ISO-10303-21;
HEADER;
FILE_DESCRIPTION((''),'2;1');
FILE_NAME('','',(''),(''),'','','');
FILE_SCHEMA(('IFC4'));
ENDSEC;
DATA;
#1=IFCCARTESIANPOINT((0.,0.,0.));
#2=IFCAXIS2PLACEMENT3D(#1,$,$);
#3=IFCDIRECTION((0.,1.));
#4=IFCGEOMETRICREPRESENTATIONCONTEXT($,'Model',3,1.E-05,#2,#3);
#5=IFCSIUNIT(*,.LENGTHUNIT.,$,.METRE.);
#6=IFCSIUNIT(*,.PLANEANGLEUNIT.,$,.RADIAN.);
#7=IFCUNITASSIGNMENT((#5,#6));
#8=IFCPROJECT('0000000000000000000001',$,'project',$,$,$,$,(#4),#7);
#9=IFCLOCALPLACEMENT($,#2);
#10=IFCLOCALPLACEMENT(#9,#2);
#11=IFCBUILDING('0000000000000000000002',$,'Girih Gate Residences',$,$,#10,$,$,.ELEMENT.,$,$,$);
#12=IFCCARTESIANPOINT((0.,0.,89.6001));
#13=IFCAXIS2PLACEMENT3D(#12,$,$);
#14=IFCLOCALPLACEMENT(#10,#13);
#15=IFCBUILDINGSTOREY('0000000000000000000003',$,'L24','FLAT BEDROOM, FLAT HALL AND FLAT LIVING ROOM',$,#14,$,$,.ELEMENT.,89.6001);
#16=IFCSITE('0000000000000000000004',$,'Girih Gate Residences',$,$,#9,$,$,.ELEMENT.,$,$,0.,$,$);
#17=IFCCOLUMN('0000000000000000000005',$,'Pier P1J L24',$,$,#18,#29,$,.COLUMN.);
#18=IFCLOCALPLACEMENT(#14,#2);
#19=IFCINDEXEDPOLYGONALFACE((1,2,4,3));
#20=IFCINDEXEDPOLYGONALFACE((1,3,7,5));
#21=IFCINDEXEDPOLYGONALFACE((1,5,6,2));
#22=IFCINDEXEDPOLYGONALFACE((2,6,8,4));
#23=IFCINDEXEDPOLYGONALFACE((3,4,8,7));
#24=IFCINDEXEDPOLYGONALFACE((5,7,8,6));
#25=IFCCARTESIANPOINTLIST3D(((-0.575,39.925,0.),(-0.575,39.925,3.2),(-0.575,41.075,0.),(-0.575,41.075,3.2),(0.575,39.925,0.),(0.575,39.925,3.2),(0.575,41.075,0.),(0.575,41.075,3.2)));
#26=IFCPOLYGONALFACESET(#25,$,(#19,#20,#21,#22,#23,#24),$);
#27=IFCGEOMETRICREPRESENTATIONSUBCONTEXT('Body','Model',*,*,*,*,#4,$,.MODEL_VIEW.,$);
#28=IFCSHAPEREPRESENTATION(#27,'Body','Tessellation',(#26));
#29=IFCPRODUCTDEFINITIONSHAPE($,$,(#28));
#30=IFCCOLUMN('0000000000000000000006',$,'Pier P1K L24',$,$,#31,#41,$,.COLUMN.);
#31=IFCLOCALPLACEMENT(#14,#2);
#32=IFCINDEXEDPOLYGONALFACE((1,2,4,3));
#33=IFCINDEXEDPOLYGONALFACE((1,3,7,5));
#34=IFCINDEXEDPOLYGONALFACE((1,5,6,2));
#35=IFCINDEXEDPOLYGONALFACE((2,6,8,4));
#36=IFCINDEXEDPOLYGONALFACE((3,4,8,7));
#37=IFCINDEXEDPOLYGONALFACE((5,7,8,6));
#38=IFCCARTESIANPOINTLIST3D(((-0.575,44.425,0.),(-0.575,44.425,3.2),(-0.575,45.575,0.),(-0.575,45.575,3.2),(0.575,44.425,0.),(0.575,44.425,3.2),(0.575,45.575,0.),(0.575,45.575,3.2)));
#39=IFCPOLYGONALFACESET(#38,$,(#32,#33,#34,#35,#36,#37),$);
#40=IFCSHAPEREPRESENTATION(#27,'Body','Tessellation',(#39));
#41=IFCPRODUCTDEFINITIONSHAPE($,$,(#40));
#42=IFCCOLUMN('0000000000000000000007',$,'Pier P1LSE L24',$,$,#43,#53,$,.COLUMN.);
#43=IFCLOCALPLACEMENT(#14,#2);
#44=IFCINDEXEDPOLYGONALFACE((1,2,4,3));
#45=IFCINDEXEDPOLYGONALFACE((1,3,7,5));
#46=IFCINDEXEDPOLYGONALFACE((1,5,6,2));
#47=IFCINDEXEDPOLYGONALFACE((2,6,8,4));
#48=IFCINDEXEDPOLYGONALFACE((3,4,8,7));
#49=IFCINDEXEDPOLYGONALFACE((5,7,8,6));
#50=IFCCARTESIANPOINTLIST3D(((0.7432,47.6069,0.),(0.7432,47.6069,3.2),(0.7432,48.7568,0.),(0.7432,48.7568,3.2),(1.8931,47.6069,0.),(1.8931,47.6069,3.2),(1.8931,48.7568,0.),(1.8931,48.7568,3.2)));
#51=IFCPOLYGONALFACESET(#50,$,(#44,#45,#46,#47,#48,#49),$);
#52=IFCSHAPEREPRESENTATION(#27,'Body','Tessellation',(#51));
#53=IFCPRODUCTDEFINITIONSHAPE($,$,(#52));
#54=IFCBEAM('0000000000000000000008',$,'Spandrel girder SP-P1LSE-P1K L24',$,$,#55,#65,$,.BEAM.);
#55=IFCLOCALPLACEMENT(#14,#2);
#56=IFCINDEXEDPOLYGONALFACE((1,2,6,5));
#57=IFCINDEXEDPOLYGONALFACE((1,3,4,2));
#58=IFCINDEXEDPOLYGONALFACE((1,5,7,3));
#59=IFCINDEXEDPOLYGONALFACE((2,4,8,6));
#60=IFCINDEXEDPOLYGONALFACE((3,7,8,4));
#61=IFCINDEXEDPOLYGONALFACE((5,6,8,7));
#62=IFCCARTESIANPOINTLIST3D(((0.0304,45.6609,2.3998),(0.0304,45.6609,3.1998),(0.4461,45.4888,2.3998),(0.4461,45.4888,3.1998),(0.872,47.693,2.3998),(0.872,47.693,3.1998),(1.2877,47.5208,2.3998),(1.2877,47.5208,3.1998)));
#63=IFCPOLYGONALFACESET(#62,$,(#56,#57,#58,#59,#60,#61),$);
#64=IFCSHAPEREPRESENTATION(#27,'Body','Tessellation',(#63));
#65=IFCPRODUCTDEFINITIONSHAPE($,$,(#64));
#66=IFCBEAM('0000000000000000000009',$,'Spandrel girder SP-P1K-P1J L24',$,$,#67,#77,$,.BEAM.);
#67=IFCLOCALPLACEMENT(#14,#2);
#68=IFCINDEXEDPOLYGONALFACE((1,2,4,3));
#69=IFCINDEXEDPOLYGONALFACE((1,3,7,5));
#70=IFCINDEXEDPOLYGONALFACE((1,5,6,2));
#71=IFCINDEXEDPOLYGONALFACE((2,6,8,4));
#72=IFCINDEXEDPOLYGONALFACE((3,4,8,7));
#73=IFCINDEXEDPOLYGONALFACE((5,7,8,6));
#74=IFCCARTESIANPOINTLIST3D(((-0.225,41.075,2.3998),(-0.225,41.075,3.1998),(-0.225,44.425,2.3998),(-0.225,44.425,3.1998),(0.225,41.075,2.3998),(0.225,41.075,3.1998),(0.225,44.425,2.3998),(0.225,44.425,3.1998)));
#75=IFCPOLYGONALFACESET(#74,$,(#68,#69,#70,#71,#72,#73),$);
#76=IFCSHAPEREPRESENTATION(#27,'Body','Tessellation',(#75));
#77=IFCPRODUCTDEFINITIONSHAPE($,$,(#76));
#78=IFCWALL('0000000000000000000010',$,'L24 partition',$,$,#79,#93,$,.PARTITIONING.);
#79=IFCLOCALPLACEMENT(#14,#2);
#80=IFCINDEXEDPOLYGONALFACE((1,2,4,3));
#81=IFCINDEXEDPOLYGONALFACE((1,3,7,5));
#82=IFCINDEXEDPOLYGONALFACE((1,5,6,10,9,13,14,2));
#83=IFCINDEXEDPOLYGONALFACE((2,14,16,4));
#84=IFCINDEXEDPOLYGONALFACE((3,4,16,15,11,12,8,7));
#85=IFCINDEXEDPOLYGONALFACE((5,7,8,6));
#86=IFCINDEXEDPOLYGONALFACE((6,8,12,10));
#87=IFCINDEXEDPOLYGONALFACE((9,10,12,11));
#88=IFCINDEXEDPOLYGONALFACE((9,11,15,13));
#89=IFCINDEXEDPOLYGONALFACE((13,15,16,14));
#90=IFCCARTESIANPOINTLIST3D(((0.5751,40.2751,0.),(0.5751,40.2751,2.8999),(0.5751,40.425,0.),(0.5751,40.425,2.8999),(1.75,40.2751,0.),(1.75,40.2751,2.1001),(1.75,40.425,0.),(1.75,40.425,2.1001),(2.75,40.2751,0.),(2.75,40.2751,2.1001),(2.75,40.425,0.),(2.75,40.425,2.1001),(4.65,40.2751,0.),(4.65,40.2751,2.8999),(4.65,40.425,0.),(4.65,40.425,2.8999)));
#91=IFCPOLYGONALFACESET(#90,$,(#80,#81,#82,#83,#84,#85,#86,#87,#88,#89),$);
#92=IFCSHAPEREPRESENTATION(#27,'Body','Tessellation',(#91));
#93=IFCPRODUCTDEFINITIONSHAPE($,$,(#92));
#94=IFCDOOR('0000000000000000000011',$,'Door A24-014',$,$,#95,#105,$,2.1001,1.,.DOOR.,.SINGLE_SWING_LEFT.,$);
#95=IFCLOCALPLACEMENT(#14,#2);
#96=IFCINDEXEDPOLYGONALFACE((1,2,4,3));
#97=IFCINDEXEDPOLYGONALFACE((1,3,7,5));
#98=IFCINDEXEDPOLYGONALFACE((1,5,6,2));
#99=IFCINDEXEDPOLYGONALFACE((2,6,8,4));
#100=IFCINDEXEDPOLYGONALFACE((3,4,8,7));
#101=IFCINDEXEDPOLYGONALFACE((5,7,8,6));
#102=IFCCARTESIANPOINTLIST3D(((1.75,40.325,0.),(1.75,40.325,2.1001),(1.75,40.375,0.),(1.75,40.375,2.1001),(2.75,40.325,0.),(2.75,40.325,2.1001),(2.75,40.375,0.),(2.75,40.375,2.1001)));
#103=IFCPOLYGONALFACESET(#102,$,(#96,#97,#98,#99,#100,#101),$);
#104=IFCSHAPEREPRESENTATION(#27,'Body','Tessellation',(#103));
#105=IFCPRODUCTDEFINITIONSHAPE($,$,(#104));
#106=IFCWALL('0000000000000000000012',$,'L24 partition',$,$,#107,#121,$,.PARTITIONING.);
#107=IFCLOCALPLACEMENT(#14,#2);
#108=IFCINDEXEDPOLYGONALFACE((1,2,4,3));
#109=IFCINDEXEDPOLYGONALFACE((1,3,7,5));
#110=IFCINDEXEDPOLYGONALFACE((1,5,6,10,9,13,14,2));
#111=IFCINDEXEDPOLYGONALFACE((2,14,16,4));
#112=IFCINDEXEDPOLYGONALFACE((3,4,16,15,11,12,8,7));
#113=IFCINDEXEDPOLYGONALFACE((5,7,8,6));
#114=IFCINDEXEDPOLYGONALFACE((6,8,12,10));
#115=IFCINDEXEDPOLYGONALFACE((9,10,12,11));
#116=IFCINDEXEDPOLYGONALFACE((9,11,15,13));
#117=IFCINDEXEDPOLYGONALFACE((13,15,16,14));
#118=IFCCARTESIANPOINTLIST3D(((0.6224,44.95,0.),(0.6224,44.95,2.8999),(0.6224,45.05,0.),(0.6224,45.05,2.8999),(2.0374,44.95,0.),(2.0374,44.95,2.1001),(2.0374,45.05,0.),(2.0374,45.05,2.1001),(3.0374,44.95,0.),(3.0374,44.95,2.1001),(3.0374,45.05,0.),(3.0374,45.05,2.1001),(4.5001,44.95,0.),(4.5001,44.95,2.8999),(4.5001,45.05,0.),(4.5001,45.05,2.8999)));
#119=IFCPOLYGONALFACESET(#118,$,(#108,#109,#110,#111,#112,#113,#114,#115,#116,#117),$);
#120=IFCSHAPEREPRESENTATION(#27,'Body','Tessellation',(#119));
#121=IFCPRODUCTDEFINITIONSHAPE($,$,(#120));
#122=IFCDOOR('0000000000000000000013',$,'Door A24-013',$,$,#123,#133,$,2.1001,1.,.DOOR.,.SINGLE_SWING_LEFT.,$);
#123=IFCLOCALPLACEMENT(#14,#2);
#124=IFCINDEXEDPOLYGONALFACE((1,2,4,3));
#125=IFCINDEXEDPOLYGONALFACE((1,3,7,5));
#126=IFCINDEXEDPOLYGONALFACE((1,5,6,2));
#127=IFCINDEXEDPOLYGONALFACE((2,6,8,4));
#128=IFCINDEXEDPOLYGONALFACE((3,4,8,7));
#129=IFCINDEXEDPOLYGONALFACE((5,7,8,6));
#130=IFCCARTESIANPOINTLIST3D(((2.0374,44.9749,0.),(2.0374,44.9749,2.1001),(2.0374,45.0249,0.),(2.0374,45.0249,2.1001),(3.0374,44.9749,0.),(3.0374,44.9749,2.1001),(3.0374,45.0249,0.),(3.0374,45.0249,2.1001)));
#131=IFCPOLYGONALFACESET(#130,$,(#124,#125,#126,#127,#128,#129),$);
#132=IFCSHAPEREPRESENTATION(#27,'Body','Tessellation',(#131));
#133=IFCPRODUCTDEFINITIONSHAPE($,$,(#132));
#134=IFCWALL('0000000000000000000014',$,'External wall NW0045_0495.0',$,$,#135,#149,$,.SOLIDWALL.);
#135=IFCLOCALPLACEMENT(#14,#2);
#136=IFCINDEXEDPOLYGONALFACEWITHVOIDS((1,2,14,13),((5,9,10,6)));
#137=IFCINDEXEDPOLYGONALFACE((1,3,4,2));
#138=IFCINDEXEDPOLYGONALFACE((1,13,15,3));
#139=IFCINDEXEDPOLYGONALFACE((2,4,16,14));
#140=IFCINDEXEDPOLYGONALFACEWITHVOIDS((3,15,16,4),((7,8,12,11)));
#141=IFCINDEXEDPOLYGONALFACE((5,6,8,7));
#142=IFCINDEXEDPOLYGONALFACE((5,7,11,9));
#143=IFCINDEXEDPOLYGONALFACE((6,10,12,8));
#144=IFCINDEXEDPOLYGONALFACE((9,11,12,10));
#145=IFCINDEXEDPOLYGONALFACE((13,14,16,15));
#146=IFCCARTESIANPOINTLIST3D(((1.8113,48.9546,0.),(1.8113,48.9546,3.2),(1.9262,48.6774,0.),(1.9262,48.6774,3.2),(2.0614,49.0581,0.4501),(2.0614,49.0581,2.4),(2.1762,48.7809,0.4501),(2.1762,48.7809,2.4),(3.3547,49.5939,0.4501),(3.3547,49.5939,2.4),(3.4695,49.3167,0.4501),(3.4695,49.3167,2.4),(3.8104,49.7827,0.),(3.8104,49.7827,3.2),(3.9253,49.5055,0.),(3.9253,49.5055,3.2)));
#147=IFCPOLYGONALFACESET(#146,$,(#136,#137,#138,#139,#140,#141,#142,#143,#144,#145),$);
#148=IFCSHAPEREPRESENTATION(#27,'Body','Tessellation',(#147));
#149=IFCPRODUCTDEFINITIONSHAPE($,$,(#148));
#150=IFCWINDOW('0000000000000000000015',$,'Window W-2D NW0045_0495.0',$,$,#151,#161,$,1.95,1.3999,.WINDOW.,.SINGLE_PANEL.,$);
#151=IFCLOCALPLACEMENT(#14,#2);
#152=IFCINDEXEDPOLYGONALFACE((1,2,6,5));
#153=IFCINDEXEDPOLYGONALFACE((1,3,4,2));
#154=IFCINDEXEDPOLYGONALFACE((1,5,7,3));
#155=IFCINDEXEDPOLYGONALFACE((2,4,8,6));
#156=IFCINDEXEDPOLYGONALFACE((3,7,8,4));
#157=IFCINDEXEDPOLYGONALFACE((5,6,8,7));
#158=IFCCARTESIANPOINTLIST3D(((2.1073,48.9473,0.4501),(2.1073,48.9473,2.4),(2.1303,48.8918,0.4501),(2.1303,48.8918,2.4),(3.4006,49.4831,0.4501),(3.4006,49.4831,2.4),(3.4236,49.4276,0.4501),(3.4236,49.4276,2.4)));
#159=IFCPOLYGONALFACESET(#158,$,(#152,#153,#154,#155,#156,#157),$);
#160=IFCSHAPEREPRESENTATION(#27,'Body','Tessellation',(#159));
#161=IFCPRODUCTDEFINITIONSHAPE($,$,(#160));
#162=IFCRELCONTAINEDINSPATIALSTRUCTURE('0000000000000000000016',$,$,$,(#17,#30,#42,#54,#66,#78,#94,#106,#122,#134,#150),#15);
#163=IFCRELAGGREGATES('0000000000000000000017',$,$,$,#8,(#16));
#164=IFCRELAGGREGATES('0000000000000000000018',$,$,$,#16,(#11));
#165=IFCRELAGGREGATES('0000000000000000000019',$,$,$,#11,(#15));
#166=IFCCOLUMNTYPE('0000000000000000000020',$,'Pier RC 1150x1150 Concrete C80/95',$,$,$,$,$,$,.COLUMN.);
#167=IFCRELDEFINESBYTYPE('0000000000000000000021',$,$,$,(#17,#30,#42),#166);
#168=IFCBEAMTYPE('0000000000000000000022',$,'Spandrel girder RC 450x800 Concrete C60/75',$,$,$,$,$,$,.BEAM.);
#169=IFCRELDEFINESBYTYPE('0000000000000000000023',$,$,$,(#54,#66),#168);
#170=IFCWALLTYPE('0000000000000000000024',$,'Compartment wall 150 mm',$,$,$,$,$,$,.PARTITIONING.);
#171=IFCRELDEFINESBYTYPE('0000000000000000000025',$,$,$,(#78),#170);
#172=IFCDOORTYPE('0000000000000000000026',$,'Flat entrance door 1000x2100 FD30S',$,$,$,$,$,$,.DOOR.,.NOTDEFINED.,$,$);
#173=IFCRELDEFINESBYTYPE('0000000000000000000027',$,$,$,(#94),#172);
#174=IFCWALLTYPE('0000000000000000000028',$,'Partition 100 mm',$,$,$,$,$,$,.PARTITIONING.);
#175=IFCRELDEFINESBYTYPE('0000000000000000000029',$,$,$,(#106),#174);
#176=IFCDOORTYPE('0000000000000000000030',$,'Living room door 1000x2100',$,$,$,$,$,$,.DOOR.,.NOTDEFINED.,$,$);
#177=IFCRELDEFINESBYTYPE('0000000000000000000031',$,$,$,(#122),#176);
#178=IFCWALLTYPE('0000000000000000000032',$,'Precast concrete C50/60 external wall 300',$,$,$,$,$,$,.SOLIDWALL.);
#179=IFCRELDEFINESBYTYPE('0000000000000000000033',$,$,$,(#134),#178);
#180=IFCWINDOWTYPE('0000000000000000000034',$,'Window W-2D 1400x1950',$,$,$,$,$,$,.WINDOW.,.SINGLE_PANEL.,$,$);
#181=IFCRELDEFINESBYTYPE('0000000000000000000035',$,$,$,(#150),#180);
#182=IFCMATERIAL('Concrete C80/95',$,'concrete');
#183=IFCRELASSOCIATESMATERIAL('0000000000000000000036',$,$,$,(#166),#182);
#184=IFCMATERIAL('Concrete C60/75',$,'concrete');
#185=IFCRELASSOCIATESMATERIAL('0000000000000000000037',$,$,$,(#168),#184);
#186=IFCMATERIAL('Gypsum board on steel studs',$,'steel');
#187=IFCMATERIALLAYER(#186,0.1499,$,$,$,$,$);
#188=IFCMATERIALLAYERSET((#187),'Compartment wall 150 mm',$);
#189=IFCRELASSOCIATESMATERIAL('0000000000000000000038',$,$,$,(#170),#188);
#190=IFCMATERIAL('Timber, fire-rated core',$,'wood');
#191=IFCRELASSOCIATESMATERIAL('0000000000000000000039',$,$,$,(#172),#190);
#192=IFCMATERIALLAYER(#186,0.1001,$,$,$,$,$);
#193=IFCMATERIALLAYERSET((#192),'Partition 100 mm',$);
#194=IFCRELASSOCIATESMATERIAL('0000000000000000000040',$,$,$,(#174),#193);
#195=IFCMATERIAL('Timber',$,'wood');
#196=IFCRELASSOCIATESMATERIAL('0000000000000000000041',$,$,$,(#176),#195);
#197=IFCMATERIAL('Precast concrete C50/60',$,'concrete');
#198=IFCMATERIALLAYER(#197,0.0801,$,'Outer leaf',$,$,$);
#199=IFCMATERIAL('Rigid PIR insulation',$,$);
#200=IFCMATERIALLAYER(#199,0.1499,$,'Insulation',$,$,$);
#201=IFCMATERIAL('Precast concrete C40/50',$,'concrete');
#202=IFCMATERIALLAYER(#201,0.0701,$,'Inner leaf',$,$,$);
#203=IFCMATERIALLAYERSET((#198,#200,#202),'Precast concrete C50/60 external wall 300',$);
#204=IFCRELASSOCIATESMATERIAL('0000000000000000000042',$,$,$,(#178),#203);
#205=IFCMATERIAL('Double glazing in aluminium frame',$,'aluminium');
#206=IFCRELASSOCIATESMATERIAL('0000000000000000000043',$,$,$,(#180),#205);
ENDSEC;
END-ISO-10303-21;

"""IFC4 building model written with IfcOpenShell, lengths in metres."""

from ifc_helpers import new_model, si_unit, direction, frame, frame_2d, origin, origin_2d, place, context, subcontext, project, spatial, rectangle, extrude, material, layer, layer_set, material_profile, profile_set, type_object, element, fill, save


model = new_model("IFC4")

# Units and contexts
model_context = context("Model", 3, precision=1e-05, world=origin(), true_north=direction((0.0, 1.0)))
body_context = subcontext(model_context, "Body", "Model", "MODEL_VIEW")
ifc_project = project(units=[si_unit("LENGTHUNIT", "METRE"), si_unit("PLANEANGLEUNIT", "RADIAN")], contexts=[model_context])

# Site, building, storey
site_placement = place(None, origin())
site = spatial("IfcSite", under=ifc_project, at=site_placement, Name="Girih Gate Residences", CompositionType="ELEMENT", RefElevation=0.0)
building_placement = place(site_placement, origin())
building = spatial("IfcBuilding", under=site, at=building_placement, Name="Girih Gate Residences", CompositionType="ELEMENT")
storey_placement = place(building_placement, frame((0.0, 0.0, 89.6001)))
storey = spatial("IfcBuildingStorey", under=building, at=storey_placement, Name="L24", Description="FLAT BEDROOM, FLAT HALL AND FLAT LIVING ROOM", CompositionType="ELEMENT", Elevation=89.6001)

# Columns
ifc_material_1 = material(Name="Concrete C80/95", Category="concrete")
ifc_material_profile_1 = material_profile(ifc_material_1, rectangle(XDim=1.1499, YDim=1.1499, at=origin_2d()))
ifc_profile_set_1 = profile_set([ifc_material_profile_1], Name="Concrete C80/95")
column_type = type_object("IfcColumnType", Name="Pier RC 1150x1150 Concrete C80/95", PredefinedType="COLUMN", material=ifc_profile_set_1)
for number, where, z_axis, x_axis, name in (
    (1, (0.0, 40.5, 0.0), (0.0, 0.0, 1.0), (1.0, 0.0, 0.0), "Pier P1J L24"),
    (2, (0.0, 45.0, 0.0), (0.0, 0.0, 1.0), (1.0, 0.0, 0.0), "Pier P1K L24"),
    (3, (1.3181, 48.1819, 0.0), (0.0, 0.0, 1.0), (1.0, 0.0, 0.0), "Pier P1LSE L24"),
):
    element("IfcColumn", number, at=place(storey_placement, frame(where, z_axis=z_axis, x_axis=x_axis)), inside=storey, type_object=column_type, Name=name, PredefinedType="COLUMN", context=body_context, shape_type="SweptSolid", body=[
        extrude(rectangle(XDim=1.1499, YDim=1.1499, at=origin_2d()), origin(), (0.0, 0.0, 1.0), 3.2),
    ])

# Beams
ifc_material_2 = material(Name="Concrete C60/75", Category="concrete")
ifc_material_profile_2 = material_profile(ifc_material_2, rectangle(XDim=0.45, YDim=0.8, at=origin_2d()))
ifc_profile_set_2 = profile_set([ifc_material_profile_2], Name="Concrete C60/75")
beam_type = type_object("IfcBeamType", Name="Spandrel girder RC 450x800 Concrete C60/75", PredefinedType="BEAM", material=ifc_profile_set_2)
beam_1_placement = place(storey_placement, frame((1.0798, 47.6069, 2.7998), z_axis=(-0.382636, -0.923899, 0.0), x_axis=(0.923899, -0.382636, 0.0)))
element("IfcBeam", 4, at=beam_1_placement, inside=storey, type_object=beam_type, Name="Spandrel girder SP-P1LSE-P1K L24", PredefinedType="BEAM", context=body_context, shape_type="SweptSolid", body=[
    extrude(rectangle(XDim=0.45, YDim=0.8, at=origin_2d()), origin(), (0.0, 0.0, 1.0), 2.1995),
])
beam_2_placement = place(storey_placement, frame((0.0, 44.425, 2.7998), z_axis=(0.0, -1.0, 0.0), x_axis=(1.0, 0.0, 0.0)))
element("IfcBeam", 5, at=beam_2_placement, inside=storey, type_object=beam_type, Name="Spandrel girder SP-P1K-P1J L24", PredefinedType="BEAM", context=body_context, shape_type="SweptSolid", body=[
    extrude(rectangle(XDim=0.45, YDim=0.8, at=origin_2d()), origin(), (0.0, 0.0, 1.0), 3.3501),
])

# Walls, openings, doors
ifc_material_3 = material(Name="Gypsum board on steel studs", Category="steel")
ifc_layer_1 = layer(ifc_material_3, 0.1499)
ifc_layer_set_1 = layer_set([ifc_layer_1], Name="Compartment wall 150 mm")
wall_type_1 = type_object("IfcWallType", Name="Compartment wall 150 mm", PredefinedType="PARTITIONING", material=ifc_layer_set_1)
wall_1_placement = place(storey_placement, frame((0.575, 40.3501, 0.0), z_axis=(0.0, 0.0, 1.0), x_axis=(1.0, 0.0, 0.0)))
wall_1 = element("IfcWall", 6, at=wall_1_placement, inside=storey, type_object=wall_type_1, Name="L24 partition", PredefinedType="PARTITIONING", context=body_context, shape_type="SweptSolid", body=[
    extrude(rectangle(XDim=4.075, YDim=0.1499, at=frame_2d((2.0376, 0.0))), origin(), (0.0, 0.0, 1.0), 2.8999),
])
opening_1_placement = place(wall_1_placement, frame((1.175, 0.0, 0.0)))
opening_1 = element("IfcOpeningElement", 7, at=opening_1_placement, cuts=wall_1, PredefinedType="OPENING", context=body_context, shape_type="SweptSolid", body=[
    extrude(rectangle(XDim=1.0, YDim=2.1001, at=frame_2d((0.5, 1.05))), frame((0.0, 0.085, 0.0), z_axis=(0.0, -1.0, 0.0), x_axis=(1.0, 0.0, 0.0)), (0.0, 0.0, 1.0), 0.1699),
])
ifc_material_4 = material(Name="Timber, fire-rated core", Category="wood")
door_type_1 = type_object("IfcDoorType", Name="Flat entrance door 1000x2100 FD30S", OperationType="NOTDEFINED", PredefinedType="DOOR", material=ifc_material_4)
door_1_placement = place(opening_1_placement, origin())
door_1 = element("IfcDoor", 8, at=door_1_placement, inside=storey, type_object=door_type_1, Name="Door A24-014", OperationType="SINGLE_SWING_LEFT", OverallHeight=2.1001, OverallWidth=1.0, PredefinedType="DOOR", context=body_context, shape_type="SweptSolid", body=[
    extrude(rectangle(XDim=1.0, YDim=2.1001, at=frame_2d((0.5, 1.05))), frame((0.0, 0.0249, 0.0), z_axis=(0.0, -1.0, 0.0), x_axis=(1.0, 0.0, 0.0)), (0.0, 0.0, 1.0), 0.05),
])
fill(opening_1, door_1)
ifc_layer_2 = layer(ifc_material_3, 0.1001)
ifc_layer_set_2 = layer_set([ifc_layer_2], Name="Partition 100 mm")
wall_type_2 = type_object("IfcWallType", Name="Partition 100 mm", PredefinedType="PARTITIONING", material=ifc_layer_set_2)
wall_2_placement = place(storey_placement, frame((0.6223, 45.0, 0.0), z_axis=(0.0, 0.0, 1.0), x_axis=(1.0, 0.0, 0.0)))
wall_2 = element("IfcWall", 9, at=wall_2_placement, inside=storey, type_object=wall_type_2, Name="L24 partition", PredefinedType="PARTITIONING", context=body_context, shape_type="SweptSolid", body=[
    extrude(rectangle(XDim=3.8777, YDim=0.1001, at=frame_2d((1.939, 0.0))), origin(), (0.0, 0.0, 1.0), 2.8999),
])
opening_2_placement = place(wall_2_placement, frame((1.415, 0.0, 0.0)))
opening_2 = element("IfcOpeningElement", 10, at=opening_2_placement, cuts=wall_2, PredefinedType="OPENING", context=body_context, shape_type="SweptSolid", body=[
    extrude(rectangle(XDim=1.0, YDim=2.1001, at=frame_2d((0.5, 1.05))), frame((0.0, 0.0601, 0.0), z_axis=(0.0, -1.0, 0.0), x_axis=(1.0, 0.0, 0.0)), (0.0, 0.0, 1.0), 0.1201),
])
ifc_material_5 = material(Name="Timber", Category="wood")
door_type_2 = type_object("IfcDoorType", Name="Living room door 1000x2100", OperationType="NOTDEFINED", PredefinedType="DOOR", material=ifc_material_5)
door_2_placement = place(opening_2_placement, origin())
door_2 = element("IfcDoor", 11, at=door_2_placement, inside=storey, type_object=door_type_2, Name="Door A24-013", OperationType="SINGLE_SWING_LEFT", OverallHeight=2.1001, OverallWidth=1.0, PredefinedType="DOOR", context=body_context, shape_type="SweptSolid", body=[
    extrude(rectangle(XDim=1.0, YDim=2.1001, at=frame_2d((0.5, 1.05))), frame((0.0, 0.0249, 0.0), z_axis=(0.0, -1.0, 0.0), x_axis=(1.0, 0.0, 0.0)), (0.0, 0.0, 1.0), 0.05),
])
fill(opening_2, door_2)

# Wall, opening, window
ifc_material_6 = material(Name="Precast concrete C50/60", Category="concrete")
ifc_layer_3 = layer(ifc_material_6, 0.0801, Name="Outer leaf")
ifc_material_7 = material(Name="Rigid PIR insulation")
ifc_layer_4 = layer(ifc_material_7, 0.1499, Name="Insulation")
ifc_material_8 = material(Name="Precast concrete C40/50", Category="concrete")
ifc_layer_5 = layer(ifc_material_8, 0.0701, Name="Inner leaf")
ifc_layer_set_3 = layer_set([ifc_layer_3, ifc_layer_4, ifc_layer_5], Name="Precast concrete C50/60 external wall 300")
wall_type_3 = type_object("IfcWallType", Name="Precast concrete C50/60 external wall 300", PredefinedType="SOLIDWALL", material=ifc_layer_set_3)
wall_3_placement = place(storey_placement, frame((1.8687, 48.8159, 0.0), z_axis=(0.0, 0.0, 1.0), x_axis=(0.923863, 0.382724, 0.0)))
wall_3 = element("IfcWall", 12, at=wall_3_placement, inside=storey, type_object=wall_type_3, Name="External wall NW0045_0495.0", PredefinedType="SOLIDWALL", context=body_context, shape_type="SweptSolid", body=[
    extrude(rectangle(XDim=2.1638, YDim=0.3, at=frame_2d((1.082, 0.0))), origin(), (0.0, 0.0, 1.0), 3.2),
])
opening_3_placement = place(wall_3_placement, frame((0.2708, 0.0, 0.45)))
opening_3 = element("IfcOpeningElement", 13, at=opening_3_placement, cuts=wall_3, PredefinedType="OPENING", context=body_context, shape_type="SweptSolid", body=[
    extrude(rectangle(XDim=1.3999, YDim=1.95, at=frame_2d((0.7, 0.9751))), frame((0.0, 0.1599, 0.0), z_axis=(0.0, -1.0, 0.0), x_axis=(1.0, 0.0, 0.0)), (0.0, 0.0, 1.0), 0.3201),
])
ifc_material_9 = material(Name="Double glazing in aluminium frame", Category="aluminium")
window_type_1 = type_object("IfcWindowType", Name="Window W-2D 1400x1950", PartitioningType="SINGLE_PANEL", PredefinedType="WINDOW", material=ifc_material_9)
window_1_placement = place(opening_3_placement, origin())
window_1 = element("IfcWindow", 14, at=window_1_placement, inside=storey, type_object=window_type_1, Name="Window W-2D NW0045_0495.0", OverallHeight=1.95, OverallWidth=1.3999, PartitioningType="SINGLE_PANEL", PredefinedType="WINDOW", context=body_context, shape_type="SweptSolid", body=[
    extrude(rectangle(XDim=1.3999, YDim=1.95, at=frame_2d((0.7, 0.9751))), frame((0.0, 0.03, 0.0), z_axis=(0.0, -1.0, 0.0), x_axis=(1.0, 0.0, 0.0)), (0.0, 0.0, 1.0), 0.0601),
])
fill(opening_3, window_1)

save(model, "model.ifc")
